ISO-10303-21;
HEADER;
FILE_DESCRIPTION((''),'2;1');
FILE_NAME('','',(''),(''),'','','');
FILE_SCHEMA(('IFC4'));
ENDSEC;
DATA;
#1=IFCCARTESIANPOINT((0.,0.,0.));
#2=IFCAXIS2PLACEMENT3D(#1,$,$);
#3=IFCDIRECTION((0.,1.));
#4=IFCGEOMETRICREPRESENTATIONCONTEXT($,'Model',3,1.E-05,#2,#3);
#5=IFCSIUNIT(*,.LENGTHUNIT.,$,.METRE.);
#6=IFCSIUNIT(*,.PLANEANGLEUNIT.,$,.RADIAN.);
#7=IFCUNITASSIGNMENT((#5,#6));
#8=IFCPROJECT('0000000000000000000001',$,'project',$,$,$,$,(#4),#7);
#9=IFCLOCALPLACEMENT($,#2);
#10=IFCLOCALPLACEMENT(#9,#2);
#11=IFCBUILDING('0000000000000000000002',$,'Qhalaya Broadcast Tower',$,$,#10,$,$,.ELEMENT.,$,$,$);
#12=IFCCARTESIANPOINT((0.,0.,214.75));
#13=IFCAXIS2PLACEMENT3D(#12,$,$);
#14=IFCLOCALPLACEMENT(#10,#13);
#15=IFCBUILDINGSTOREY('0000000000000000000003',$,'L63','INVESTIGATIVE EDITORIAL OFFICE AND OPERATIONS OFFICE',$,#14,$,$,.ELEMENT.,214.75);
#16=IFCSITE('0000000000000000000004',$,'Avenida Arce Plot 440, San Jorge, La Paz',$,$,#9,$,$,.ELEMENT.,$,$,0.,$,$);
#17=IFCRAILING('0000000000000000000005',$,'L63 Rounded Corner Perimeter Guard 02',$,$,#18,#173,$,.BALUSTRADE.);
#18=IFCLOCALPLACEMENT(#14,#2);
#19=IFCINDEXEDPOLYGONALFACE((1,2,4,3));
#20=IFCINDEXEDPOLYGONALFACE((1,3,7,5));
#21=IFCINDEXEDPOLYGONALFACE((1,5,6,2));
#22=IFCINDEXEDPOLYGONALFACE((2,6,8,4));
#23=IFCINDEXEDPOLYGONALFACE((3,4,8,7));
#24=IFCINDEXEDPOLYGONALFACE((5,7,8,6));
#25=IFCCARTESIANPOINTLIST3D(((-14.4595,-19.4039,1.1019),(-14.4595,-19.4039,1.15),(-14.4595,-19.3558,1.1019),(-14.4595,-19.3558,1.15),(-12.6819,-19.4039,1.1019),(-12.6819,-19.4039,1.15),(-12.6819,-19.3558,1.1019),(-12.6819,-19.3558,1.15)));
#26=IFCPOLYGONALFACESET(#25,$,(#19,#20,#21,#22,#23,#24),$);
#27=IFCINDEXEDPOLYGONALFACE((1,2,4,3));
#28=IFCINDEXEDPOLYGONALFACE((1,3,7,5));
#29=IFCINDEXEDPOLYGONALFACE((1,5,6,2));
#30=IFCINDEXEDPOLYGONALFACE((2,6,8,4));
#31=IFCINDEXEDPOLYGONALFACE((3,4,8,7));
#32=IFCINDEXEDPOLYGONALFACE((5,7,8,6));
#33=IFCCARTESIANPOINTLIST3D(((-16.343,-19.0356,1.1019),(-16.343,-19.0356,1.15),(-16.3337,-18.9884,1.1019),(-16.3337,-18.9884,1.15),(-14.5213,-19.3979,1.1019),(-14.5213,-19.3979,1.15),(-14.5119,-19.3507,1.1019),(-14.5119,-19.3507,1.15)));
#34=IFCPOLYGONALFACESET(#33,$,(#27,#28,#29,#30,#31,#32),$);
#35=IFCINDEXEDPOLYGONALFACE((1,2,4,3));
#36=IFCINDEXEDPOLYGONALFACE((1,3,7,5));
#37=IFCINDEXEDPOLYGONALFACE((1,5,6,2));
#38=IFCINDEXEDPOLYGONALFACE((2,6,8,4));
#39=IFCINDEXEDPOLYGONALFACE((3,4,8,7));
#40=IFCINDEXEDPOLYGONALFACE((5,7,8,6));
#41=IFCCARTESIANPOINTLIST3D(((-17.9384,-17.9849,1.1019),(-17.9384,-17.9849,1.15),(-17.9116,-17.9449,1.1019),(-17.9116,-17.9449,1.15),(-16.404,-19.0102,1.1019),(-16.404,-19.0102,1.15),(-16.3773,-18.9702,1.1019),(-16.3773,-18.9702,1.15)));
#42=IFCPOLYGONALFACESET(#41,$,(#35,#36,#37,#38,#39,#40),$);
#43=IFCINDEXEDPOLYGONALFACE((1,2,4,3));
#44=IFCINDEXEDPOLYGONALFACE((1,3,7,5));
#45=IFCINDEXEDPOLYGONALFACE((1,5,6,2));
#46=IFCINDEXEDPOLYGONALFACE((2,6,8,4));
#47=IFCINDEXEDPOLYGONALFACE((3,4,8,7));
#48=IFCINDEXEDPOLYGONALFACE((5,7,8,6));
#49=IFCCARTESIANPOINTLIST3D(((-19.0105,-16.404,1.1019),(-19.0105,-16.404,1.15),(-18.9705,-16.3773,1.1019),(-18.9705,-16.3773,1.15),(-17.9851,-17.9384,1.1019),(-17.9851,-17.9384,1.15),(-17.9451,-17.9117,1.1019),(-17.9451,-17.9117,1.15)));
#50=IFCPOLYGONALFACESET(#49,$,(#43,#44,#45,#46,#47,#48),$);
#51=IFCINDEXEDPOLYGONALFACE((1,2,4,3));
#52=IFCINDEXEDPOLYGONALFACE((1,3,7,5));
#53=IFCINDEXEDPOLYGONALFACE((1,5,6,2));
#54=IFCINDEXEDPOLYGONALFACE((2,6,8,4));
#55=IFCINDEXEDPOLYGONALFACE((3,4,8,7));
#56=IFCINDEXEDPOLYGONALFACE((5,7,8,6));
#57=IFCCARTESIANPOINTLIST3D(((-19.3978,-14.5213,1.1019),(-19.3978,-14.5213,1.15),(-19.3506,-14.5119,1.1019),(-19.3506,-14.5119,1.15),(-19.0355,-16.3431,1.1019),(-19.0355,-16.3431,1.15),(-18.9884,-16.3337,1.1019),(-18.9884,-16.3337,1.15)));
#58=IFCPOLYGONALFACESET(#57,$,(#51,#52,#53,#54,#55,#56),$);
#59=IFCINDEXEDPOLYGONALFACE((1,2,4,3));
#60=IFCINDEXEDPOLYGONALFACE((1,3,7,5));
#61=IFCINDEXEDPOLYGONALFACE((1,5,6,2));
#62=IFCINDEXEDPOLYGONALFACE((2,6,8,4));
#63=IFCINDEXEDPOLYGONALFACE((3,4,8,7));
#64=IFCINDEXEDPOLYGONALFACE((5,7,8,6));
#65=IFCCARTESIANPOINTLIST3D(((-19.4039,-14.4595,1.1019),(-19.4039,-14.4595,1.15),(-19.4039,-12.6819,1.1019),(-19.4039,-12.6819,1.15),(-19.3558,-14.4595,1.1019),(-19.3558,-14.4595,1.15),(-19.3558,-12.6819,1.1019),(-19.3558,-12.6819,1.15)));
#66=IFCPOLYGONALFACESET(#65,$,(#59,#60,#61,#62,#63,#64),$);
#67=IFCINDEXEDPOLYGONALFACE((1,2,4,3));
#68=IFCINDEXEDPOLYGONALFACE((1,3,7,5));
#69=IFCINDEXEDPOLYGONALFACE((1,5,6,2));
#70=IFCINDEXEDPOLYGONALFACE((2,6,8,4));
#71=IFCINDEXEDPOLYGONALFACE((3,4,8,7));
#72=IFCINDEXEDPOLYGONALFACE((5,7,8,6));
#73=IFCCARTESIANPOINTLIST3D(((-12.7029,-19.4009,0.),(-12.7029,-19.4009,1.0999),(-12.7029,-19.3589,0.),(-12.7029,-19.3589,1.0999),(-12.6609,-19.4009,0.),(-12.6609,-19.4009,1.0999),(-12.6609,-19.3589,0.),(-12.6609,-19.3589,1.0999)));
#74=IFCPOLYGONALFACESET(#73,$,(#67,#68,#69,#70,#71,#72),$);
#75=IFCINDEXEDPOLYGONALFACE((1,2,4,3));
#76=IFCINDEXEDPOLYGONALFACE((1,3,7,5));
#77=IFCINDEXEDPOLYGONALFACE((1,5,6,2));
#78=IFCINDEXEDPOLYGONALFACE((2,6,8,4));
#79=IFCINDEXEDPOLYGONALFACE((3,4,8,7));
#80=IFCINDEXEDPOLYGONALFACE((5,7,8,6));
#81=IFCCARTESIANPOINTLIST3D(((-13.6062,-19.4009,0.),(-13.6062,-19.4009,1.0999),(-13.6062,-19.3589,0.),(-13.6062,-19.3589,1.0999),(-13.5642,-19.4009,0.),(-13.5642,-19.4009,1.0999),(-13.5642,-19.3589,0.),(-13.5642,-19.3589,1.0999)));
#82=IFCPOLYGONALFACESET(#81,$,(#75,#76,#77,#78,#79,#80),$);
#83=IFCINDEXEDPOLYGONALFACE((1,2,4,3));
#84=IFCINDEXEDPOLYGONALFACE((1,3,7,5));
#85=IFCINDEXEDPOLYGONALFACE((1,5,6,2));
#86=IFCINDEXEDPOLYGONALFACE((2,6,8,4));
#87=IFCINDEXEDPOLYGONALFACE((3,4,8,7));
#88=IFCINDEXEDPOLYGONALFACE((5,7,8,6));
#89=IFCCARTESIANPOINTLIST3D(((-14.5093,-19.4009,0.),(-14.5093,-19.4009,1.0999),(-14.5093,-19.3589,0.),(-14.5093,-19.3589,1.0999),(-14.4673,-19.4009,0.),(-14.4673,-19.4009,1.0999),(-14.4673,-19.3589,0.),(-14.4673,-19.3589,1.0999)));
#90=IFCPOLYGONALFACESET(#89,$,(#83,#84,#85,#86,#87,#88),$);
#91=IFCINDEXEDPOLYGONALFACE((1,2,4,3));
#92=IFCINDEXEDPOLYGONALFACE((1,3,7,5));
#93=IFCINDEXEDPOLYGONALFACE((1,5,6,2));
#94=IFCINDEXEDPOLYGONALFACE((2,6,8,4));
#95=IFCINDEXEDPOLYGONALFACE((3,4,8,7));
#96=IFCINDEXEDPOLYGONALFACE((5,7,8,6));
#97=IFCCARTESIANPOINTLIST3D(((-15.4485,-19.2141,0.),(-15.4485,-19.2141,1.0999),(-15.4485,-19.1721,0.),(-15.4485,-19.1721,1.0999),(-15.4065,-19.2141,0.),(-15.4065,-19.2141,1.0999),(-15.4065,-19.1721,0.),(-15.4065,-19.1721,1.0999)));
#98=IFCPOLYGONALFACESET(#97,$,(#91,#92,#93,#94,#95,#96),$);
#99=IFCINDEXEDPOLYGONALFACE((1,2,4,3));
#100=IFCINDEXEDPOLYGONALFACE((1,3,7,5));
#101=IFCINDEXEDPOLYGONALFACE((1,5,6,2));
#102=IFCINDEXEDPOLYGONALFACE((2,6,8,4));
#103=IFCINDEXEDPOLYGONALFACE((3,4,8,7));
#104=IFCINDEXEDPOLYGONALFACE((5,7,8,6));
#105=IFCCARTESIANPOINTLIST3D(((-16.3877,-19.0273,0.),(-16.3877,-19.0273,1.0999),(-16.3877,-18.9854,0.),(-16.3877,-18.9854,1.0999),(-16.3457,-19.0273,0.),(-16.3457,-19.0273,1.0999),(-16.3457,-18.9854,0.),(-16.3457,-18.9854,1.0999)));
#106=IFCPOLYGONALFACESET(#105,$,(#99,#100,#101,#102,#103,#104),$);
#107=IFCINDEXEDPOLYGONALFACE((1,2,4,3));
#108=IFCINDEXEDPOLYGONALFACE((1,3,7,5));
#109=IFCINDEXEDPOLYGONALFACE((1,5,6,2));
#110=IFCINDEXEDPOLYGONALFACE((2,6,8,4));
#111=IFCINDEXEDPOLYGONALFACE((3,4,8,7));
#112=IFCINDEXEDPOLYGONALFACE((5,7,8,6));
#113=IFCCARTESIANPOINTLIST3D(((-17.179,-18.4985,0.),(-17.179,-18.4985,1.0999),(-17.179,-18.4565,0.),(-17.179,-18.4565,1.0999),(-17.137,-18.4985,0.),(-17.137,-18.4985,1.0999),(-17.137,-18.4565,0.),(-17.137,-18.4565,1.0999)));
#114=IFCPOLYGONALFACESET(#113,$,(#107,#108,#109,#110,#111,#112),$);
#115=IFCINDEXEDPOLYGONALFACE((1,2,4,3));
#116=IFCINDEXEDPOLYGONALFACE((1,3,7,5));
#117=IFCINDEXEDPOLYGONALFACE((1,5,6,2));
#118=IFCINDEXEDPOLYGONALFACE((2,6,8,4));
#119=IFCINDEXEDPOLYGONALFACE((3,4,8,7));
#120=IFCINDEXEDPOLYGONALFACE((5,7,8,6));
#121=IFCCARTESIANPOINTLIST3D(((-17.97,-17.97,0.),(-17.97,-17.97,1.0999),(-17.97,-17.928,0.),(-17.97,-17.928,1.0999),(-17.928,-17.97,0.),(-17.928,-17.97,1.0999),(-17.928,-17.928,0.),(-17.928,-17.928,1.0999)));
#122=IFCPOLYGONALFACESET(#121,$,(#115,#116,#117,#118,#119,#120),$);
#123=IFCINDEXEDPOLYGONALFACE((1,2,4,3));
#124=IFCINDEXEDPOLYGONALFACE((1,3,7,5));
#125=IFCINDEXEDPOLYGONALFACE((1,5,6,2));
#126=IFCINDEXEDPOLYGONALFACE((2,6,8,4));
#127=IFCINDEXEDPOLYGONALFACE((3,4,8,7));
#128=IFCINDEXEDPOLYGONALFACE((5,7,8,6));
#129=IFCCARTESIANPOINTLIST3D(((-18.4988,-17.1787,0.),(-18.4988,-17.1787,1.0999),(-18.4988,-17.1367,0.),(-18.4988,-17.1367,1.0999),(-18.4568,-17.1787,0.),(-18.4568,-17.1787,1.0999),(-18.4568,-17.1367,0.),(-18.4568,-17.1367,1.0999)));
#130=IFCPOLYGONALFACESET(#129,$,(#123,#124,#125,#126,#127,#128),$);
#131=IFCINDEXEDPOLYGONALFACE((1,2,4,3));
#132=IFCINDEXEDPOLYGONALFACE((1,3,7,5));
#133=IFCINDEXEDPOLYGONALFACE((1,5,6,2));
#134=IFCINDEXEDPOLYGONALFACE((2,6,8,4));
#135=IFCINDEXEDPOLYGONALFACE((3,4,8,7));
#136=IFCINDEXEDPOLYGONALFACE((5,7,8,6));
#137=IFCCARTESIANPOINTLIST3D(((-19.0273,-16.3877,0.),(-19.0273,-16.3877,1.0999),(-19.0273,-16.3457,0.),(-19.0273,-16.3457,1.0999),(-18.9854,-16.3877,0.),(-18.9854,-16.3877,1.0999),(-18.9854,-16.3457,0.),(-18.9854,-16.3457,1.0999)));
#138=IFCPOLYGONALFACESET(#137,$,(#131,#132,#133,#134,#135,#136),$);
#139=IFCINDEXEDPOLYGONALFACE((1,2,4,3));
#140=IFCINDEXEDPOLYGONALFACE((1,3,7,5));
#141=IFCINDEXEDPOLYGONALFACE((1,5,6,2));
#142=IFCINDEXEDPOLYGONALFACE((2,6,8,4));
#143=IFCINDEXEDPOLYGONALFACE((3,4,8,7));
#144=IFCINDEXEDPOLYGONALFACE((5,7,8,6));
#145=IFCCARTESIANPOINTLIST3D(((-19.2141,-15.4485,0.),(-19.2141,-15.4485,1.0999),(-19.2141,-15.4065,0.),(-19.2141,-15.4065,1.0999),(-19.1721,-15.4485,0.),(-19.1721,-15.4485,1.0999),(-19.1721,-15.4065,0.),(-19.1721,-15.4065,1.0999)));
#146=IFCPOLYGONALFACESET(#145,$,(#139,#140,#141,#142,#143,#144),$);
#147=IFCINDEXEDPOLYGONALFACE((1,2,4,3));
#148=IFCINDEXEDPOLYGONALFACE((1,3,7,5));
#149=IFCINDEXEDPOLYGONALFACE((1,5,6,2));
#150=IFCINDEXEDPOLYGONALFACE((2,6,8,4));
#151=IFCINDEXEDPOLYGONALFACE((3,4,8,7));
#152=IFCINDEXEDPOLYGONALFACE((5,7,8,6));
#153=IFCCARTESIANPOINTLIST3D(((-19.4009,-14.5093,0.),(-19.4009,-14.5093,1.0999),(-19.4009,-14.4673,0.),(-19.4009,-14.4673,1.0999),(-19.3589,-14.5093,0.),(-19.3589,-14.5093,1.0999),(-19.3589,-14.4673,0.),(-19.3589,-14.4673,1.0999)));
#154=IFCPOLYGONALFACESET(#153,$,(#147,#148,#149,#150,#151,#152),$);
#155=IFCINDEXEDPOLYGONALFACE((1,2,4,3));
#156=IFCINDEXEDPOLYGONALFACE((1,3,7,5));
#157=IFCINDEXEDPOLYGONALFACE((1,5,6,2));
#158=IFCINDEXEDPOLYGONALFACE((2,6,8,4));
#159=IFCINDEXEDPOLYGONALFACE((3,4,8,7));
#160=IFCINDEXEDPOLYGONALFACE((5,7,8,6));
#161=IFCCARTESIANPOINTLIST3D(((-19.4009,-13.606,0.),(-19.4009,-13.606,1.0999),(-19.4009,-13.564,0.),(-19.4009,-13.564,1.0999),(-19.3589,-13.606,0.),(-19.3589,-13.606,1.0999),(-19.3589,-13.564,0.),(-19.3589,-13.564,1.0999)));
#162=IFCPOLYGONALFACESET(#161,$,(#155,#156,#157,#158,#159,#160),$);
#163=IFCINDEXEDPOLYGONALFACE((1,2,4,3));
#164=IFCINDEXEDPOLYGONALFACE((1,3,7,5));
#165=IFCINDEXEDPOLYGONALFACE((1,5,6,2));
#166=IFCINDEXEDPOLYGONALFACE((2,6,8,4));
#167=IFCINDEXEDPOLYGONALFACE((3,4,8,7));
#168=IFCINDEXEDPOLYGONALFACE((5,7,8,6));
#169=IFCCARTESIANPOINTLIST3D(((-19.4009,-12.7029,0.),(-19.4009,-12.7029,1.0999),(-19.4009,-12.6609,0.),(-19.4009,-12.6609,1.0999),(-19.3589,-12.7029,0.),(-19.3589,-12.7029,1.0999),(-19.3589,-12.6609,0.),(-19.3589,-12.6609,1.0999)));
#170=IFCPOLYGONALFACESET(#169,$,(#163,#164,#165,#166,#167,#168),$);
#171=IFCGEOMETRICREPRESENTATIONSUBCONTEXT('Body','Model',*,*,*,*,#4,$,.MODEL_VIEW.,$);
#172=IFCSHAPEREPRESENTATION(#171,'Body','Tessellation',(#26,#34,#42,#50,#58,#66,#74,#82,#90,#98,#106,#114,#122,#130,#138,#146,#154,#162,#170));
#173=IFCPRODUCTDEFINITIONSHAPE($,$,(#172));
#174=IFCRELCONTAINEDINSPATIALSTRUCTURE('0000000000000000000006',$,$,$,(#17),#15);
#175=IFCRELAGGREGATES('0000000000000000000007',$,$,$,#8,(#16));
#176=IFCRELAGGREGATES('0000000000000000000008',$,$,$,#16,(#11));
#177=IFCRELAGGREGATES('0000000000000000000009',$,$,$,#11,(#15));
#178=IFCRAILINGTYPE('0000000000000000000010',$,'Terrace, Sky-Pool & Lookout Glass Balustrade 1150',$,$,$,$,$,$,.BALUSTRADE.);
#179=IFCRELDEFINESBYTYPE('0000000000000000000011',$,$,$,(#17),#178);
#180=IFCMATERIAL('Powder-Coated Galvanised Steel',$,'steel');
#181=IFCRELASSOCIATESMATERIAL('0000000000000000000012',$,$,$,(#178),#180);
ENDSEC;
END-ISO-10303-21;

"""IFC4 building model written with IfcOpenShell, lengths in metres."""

from ifc_helpers import new_model, si_unit, direction, frame, origin, origin_2d, place, context, subcontext, project, spatial, rectangle, extrude, material, type_object, element, save


model = new_model("IFC4")

# Units and contexts
model_context = context("Model", 3, precision=1e-05, world=origin(), true_north=direction((0.0, 1.0)))
body_context = subcontext(model_context, "Body", "Model", "MODEL_VIEW")
ifc_project = project(units=[si_unit("LENGTHUNIT", "METRE"), si_unit("PLANEANGLEUNIT", "RADIAN")], contexts=[model_context])

# Site, building, storey
site_placement = place(None, origin())
site = spatial("IfcSite", under=ifc_project, at=site_placement, Name="Avenida Arce Plot 440, San Jorge, La Paz", CompositionType="ELEMENT", RefElevation=0.0)
building_placement = place(site_placement, origin())
building = spatial("IfcBuilding", under=site, at=building_placement, Name="Qhalaya Broadcast Tower", CompositionType="ELEMENT")
storey_placement = place(building_placement, frame((0.0, 0.0, 214.75)))
storey = spatial("IfcBuildingStorey", under=building, at=storey_placement, Name="L63", Description="INVESTIGATIVE EDITORIAL OFFICE AND OPERATIONS OFFICE", CompositionType="ELEMENT", Elevation=214.75)

# Railing
ifc_material_1 = material(Name="Powder-Coated Galvanised Steel", Category="steel")
railing_type = type_object("IfcRailingType", Name="Terrace, Sky-Pool & Lookout Glass Balustrade 1150", PredefinedType="BALUSTRADE", material=ifc_material_1)
railing_placement = place(storey_placement, frame((-12.6819, -19.3799, 0.0)))
element("IfcRailing", 1, at=railing_placement, inside=storey, type_object=railing_type, Name="L63 Rounded Corner Perimeter Guard 02", PredefinedType="BALUSTRADE", context=body_context, shape_type="SweptSolid", body=[
    extrude(rectangle(XDim=0.0481, YDim=0.0481, at=origin_2d()), frame((0.0, 0.0, 1.126), z_axis=(-1.0, 0.0, 0.0), x_axis=(0.0, -1.0, 0.0)), (0.0, 0.0, 1.0), 1.7776),
    extrude(rectangle(XDim=0.0481, YDim=0.0481, at=origin_2d()), frame((-1.8347, 0.0056, 1.126), z_axis=(-0.980796, 0.195037, 0.0), x_axis=(-0.195037, -0.980796, 0.0)), (0.0, 0.0, 1.0), 1.8574),
    extrude(rectangle(XDim=0.0481, YDim=0.0481, at=origin_2d()), frame((-3.7087, 0.3896, 1.126), z_axis=(-0.831438, 0.555618, 0.0), x_axis=(-0.555618, -0.831438, 0.0)), (0.0, 0.0, 1.0), 1.8455),
    extrude(rectangle(XDim=0.0481, YDim=0.0481, at=origin_2d()), frame((-5.2832, 1.4548, 1.126), z_axis=(-0.555618, 0.831438, 0.0), x_axis=(-0.831438, -0.555618, 0.0)), (0.0, 0.0, 1.0), 1.8455),
    extrude(rectangle(XDim=0.0481, YDim=0.0481, at=origin_2d()), frame((-6.3301, 3.0415, 1.126), z_axis=(-0.195037, 0.980796, 0.0), x_axis=(-0.980796, -0.195037, 0.0)), (0.0, 0.0, 1.0), 1.8574),
    extrude(rectangle(XDim=0.0481, YDim=0.0481, at=origin_2d()), frame((-6.698, 4.9204, 1.126), z_axis=(0.0, 1.0, 0.0), x_axis=(-1.0, 0.0, 0.0)), (0.0, 0.0, 1.0), 1.7776),
    extrude(rectangle(XDim=0.042, YDim=0.042, at=origin_2d()), origin(), (0.0, 0.0, 1.0), 1.0999),
    extrude(rectangle(XDim=0.042, YDim=0.042, at=origin_2d()), frame((-0.9033, 0.0, 0.0)), (0.0, 0.0, 1.0), 1.0999),
    extrude(rectangle(XDim=0.042, YDim=0.042, at=origin_2d()), frame((-1.8064, 0.0, 0.0)), (0.0, 0.0, 1.0), 1.0999),
    extrude(rectangle(XDim=0.042, YDim=0.042, at=origin_2d()), frame((-2.7456, 0.1868, 0.0)), (0.0, 0.0, 1.0), 1.0999),
    extrude(rectangle(XDim=0.042, YDim=0.042, at=origin_2d()), frame((-3.6848, 0.3735, 0.0)), (0.0, 0.0, 1.0), 1.0999),
    extrude(rectangle(XDim=0.042, YDim=0.042, at=origin_2d()), frame((-4.4761, 0.9023, 0.0)), (0.0, 0.0, 1.0), 1.0999),
    extrude(rectangle(XDim=0.042, YDim=0.042, at=origin_2d()), frame((-5.2671, 1.4309, 0.0)), (0.0, 0.0, 1.0), 1.0999),
    extrude(rectangle(XDim=0.042, YDim=0.042, at=origin_2d()), frame((-5.7959, 2.2222, 0.0)), (0.0, 0.0, 1.0), 1.0999),
    extrude(rectangle(XDim=0.042, YDim=0.042, at=origin_2d()), frame((-6.3245, 3.0132, 0.0)), (0.0, 0.0, 1.0), 1.0999),
    extrude(rectangle(XDim=0.042, YDim=0.042, at=origin_2d()), frame((-6.5112, 3.9524, 0.0)), (0.0, 0.0, 1.0), 1.0999),
    extrude(rectangle(XDim=0.042, YDim=0.042, at=origin_2d()), frame((-6.698, 4.8916, 0.0)), (0.0, 0.0, 1.0), 1.0999),
    extrude(rectangle(XDim=0.042, YDim=0.042, at=origin_2d()), frame((-6.698, 5.7949, 0.0)), (0.0, 0.0, 1.0), 1.0999),
    extrude(rectangle(XDim=0.042, YDim=0.042, at=origin_2d()), frame((-6.698, 6.698, 0.0)), (0.0, 0.0, 1.0), 1.0999),
])

save(model, "model.ifc")
